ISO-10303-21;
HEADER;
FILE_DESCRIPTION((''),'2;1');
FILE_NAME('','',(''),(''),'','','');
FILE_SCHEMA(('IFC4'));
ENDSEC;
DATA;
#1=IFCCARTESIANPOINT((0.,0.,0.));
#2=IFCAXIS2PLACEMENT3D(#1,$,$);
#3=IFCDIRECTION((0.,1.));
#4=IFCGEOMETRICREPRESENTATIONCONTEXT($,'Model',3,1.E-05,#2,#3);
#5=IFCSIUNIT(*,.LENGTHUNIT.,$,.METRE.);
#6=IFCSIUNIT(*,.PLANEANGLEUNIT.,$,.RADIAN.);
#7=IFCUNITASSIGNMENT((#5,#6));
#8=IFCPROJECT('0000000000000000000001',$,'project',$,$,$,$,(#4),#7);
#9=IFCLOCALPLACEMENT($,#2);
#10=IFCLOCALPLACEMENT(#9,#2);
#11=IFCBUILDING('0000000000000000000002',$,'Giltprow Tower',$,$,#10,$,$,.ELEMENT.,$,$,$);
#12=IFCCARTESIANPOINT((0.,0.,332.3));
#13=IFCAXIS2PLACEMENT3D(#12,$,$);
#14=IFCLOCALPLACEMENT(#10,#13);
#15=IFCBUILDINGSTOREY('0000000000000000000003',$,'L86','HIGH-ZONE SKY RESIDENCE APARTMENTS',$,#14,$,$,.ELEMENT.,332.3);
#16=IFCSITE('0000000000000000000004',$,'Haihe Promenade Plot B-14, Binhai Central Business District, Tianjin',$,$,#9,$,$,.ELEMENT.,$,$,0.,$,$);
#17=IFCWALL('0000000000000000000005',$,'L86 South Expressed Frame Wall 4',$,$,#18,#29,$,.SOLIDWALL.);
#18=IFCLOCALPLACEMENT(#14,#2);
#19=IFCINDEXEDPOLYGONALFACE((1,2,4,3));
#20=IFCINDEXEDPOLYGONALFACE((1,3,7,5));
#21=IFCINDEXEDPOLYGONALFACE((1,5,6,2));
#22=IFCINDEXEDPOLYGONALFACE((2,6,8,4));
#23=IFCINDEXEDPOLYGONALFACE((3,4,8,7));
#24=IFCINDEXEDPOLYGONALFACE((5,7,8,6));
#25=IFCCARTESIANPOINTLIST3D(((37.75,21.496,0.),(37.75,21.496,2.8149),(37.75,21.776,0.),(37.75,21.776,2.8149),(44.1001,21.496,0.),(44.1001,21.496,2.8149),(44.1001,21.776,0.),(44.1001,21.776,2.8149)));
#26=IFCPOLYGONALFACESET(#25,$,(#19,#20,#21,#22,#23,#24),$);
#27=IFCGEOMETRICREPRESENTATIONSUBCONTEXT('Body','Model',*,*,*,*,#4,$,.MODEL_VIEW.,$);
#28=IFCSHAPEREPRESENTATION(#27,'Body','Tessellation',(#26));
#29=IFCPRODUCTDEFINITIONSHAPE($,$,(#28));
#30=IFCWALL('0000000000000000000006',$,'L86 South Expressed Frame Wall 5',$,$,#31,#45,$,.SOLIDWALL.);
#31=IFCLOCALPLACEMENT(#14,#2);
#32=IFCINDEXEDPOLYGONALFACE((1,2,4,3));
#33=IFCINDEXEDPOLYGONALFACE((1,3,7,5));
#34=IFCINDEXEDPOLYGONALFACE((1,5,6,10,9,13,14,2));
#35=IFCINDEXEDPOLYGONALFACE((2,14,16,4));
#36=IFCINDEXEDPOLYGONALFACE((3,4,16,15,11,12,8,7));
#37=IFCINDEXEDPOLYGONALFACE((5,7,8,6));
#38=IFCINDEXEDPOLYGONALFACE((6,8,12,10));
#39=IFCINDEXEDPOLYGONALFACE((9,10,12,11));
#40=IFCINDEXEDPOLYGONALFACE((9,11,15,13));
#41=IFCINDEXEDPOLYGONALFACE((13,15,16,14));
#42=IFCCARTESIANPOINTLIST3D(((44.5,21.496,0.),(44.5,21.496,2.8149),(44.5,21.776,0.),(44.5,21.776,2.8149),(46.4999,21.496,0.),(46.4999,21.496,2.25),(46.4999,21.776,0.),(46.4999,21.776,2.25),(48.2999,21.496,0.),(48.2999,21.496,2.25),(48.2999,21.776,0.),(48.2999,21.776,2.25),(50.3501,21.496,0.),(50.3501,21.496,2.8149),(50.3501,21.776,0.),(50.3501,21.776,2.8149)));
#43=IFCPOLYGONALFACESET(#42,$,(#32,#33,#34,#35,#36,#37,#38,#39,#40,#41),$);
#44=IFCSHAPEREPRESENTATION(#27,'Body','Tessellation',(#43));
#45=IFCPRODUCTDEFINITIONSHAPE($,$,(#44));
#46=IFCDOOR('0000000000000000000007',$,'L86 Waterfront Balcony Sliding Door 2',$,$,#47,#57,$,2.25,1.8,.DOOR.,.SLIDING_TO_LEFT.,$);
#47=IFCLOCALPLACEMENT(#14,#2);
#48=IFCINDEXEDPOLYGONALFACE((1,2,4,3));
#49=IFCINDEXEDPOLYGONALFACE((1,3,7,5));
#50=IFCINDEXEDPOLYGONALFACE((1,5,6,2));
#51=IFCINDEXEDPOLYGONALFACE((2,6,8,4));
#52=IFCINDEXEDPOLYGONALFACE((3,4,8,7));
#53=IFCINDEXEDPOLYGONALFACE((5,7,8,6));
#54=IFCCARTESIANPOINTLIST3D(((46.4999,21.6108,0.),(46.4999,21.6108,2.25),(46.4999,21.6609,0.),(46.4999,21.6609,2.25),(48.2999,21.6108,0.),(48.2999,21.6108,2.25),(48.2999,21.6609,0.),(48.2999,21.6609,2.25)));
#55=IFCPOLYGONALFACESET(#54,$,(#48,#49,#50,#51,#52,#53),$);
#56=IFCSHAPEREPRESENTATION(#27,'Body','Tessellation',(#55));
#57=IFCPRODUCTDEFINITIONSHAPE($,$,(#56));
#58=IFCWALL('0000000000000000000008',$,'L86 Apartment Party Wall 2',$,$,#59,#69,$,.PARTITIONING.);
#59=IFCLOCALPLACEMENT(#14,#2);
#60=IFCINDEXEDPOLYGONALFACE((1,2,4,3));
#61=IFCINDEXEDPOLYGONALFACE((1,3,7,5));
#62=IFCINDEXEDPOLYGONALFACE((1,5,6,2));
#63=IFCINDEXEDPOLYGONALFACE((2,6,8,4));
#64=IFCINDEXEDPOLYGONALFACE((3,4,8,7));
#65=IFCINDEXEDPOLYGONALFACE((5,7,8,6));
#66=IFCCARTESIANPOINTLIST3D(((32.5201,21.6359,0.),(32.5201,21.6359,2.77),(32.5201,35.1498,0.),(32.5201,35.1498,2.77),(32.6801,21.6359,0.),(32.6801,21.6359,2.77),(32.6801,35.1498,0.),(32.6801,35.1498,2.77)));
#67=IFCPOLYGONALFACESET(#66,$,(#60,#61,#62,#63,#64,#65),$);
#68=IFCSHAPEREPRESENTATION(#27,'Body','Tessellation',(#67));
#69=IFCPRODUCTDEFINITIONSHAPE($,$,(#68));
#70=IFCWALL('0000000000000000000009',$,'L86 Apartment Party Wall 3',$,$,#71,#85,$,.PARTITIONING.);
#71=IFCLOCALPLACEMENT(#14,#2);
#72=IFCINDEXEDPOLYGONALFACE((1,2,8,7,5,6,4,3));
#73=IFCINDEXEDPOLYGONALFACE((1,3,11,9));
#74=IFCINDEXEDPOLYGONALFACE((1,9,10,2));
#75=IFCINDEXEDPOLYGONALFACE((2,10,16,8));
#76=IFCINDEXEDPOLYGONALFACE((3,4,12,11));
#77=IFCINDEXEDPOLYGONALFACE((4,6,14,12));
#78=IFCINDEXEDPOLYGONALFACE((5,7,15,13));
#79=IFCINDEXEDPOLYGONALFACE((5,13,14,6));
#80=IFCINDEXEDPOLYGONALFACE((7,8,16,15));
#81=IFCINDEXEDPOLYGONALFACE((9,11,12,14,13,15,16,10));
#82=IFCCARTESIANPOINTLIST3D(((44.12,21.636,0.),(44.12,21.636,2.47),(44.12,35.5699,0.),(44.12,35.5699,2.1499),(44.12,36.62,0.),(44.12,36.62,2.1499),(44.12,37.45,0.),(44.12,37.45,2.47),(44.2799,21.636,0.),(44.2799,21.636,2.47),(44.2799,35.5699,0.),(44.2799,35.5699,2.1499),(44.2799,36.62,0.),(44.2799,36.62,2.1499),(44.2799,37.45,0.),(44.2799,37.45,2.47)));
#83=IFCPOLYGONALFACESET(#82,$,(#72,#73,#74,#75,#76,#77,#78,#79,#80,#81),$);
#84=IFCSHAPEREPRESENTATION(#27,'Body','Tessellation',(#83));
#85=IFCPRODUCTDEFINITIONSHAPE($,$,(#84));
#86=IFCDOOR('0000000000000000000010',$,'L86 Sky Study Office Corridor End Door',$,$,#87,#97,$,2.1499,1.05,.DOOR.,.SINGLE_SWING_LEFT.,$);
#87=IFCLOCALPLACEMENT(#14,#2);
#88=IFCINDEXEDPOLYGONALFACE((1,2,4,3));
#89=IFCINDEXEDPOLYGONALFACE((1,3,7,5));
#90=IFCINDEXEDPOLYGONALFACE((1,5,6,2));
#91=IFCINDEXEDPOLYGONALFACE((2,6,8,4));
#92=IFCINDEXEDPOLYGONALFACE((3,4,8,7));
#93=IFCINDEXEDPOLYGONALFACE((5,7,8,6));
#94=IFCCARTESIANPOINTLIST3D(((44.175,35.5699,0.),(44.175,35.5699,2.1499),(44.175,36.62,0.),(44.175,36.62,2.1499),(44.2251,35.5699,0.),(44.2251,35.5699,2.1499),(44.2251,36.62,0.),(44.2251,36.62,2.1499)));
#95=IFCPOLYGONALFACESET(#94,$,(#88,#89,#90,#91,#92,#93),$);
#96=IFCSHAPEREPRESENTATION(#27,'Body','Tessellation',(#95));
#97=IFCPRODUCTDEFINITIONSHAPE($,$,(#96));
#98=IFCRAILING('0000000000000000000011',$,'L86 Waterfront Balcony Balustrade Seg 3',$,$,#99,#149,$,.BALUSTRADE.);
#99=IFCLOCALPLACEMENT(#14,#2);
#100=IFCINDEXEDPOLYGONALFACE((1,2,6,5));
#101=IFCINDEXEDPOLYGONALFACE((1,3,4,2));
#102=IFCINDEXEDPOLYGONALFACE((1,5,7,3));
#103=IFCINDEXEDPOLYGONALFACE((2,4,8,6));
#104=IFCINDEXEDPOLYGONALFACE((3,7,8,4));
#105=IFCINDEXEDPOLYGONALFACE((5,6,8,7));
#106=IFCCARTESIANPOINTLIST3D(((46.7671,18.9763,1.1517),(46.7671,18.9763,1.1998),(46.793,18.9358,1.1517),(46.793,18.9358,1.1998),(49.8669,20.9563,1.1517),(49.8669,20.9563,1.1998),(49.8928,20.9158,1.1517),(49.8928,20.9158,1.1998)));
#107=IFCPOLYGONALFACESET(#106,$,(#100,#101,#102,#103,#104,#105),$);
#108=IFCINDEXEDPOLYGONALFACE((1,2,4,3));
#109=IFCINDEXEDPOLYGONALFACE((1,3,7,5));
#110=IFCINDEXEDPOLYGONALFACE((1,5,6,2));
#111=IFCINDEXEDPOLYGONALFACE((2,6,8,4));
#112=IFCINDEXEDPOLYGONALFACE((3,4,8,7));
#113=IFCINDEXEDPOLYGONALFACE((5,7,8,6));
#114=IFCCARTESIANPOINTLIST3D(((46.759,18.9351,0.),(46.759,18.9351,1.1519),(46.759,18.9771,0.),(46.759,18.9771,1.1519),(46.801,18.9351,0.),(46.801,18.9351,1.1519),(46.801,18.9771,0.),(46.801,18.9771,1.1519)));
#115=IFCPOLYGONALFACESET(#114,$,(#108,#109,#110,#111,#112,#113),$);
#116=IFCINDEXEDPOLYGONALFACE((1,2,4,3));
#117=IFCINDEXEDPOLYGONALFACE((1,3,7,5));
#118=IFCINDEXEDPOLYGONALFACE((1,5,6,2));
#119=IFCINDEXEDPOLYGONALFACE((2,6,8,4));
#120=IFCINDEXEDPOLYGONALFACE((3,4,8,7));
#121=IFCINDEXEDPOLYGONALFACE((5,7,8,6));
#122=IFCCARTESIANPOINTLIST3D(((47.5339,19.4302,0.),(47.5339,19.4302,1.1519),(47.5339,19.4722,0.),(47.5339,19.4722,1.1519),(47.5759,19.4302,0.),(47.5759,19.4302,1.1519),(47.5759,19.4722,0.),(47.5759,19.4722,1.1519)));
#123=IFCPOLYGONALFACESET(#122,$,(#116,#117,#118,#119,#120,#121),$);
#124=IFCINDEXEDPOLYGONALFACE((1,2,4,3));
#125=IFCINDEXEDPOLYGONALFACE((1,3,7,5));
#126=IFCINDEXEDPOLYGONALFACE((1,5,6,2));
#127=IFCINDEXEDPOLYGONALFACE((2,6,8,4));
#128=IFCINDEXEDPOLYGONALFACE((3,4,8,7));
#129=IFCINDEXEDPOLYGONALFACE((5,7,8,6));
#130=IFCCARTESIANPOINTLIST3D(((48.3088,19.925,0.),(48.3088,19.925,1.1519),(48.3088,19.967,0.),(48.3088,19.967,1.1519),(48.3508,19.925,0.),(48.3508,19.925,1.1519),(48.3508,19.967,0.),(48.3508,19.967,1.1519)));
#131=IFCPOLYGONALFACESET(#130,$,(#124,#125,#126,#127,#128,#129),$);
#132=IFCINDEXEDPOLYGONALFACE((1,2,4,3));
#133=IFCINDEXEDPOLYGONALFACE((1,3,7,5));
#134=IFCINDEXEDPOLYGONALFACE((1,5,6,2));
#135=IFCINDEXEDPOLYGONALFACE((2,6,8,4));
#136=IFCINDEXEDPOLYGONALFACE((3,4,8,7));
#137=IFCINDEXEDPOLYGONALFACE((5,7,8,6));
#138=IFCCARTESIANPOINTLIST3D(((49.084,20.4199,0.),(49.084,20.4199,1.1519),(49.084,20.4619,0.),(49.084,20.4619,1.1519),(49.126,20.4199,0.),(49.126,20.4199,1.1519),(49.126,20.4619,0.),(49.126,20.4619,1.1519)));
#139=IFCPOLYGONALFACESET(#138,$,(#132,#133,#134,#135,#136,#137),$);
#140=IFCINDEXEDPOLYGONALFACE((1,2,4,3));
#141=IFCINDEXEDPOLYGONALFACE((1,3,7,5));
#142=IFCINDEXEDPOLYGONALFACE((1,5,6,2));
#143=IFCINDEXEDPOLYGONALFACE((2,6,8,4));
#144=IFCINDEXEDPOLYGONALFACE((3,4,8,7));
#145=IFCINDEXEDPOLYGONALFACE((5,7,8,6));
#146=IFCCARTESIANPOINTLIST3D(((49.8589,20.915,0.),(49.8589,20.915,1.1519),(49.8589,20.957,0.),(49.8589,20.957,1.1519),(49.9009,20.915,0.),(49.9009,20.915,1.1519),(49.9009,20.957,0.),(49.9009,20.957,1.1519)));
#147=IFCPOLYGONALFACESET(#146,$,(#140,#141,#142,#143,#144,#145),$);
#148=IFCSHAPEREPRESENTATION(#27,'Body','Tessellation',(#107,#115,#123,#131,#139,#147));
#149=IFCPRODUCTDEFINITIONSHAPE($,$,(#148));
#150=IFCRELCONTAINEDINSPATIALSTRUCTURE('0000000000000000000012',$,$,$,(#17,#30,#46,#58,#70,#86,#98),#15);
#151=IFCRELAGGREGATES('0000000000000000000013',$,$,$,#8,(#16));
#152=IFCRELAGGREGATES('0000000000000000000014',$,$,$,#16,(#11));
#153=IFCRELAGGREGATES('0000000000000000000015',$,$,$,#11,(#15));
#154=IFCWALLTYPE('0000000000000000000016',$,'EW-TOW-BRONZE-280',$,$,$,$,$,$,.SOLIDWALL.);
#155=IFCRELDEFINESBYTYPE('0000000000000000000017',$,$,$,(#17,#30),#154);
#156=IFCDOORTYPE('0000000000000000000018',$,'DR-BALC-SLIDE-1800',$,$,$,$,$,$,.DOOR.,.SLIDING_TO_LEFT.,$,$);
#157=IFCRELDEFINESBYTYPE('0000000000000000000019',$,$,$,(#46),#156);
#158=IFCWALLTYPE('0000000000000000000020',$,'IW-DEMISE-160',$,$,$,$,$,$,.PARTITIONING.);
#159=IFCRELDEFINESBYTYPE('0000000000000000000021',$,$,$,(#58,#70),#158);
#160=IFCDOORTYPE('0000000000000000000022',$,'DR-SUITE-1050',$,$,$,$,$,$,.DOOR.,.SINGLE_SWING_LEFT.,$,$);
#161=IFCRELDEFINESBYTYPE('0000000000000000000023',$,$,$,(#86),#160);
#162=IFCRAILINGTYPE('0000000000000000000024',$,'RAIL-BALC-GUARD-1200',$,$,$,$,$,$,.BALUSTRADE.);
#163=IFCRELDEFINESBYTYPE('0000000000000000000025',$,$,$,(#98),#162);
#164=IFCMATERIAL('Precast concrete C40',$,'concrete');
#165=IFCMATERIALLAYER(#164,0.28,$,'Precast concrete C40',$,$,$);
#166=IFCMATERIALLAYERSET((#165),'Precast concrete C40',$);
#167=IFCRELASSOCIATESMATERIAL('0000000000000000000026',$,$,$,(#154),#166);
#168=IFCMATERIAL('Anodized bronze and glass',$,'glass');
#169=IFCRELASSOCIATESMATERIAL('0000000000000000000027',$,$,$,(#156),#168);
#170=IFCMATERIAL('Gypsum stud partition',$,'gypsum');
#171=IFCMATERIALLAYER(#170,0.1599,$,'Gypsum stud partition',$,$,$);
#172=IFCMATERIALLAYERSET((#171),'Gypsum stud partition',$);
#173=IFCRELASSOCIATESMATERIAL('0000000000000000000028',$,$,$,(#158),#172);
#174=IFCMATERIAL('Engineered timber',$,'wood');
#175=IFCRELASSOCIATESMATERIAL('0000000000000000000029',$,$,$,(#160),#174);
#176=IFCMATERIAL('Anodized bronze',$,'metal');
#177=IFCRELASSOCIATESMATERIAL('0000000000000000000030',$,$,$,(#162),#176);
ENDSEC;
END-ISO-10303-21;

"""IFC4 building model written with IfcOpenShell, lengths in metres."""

from ifc_helpers import new_model, si_unit, direction, frame, frame_2d, origin, origin_2d, place, context, subcontext, project, spatial, rectangle, extrude, source, transform, mapped, material, layer, layer_set, type_object, element, fill, save


model = new_model("IFC4")

# Units and contexts
model_context = context("Model", 3, precision=1e-05, world=origin(), true_north=direction((0.0, 1.0)))
body_context = subcontext(model_context, "Body", "Model", "MODEL_VIEW")
ifc_project = project(units=[si_unit("LENGTHUNIT", "METRE"), si_unit("PLANEANGLEUNIT", "RADIAN")], contexts=[model_context])

# Site, building, storey
site_placement = place(None, origin())
site = spatial("IfcSite", under=ifc_project, at=site_placement, Name="Haihe Promenade Plot B-14, Binhai Central Business District, Tianjin", CompositionType="ELEMENT", RefElevation=0.0)
building_placement = place(site_placement, origin())
building = spatial("IfcBuilding", under=site, at=building_placement, Name="Giltprow Tower", CompositionType="ELEMENT")
storey_placement = place(building_placement, frame((0.0, 0.0, 332.3)))
storey = spatial("IfcBuildingStorey", under=building, at=storey_placement, Name="L86", Description="HIGH-ZONE SKY RESIDENCE APARTMENTS", CompositionType="ELEMENT", Elevation=332.3)

# Wall
ifc_material_1 = material(Name="Precast concrete C40", Category="concrete")
ifc_layer_1 = layer(ifc_material_1, 0.28, Name="Precast concrete C40")
ifc_layer_set_1 = layer_set([ifc_layer_1], Name="Precast concrete C40")
wall_type_1 = type_object("IfcWallType", Name="EW-TOW-BRONZE-280", PredefinedType="SOLIDWALL", material=ifc_layer_set_1)
wall_1_placement = place(storey_placement, frame((37.75, 21.636, 0.0), z_axis=(0.0, 0.0, 1.0), x_axis=(1.0, 0.0, 0.0)))
element("IfcWall", 1, at=wall_1_placement, inside=storey, type_object=wall_type_1, Name="L86 South Expressed Frame Wall 4", PredefinedType="SOLIDWALL", context=body_context, shape_type="SweptSolid", body=[
    extrude(rectangle(XDim=6.3501, YDim=0.28, at=frame_2d((3.175, 0.0))), origin(), (0.0, 0.0, 1.0), 2.8149),
])

# Wall, opening, door
wall_2_placement = place(storey_placement, frame((44.5, 21.636, 0.0), z_axis=(0.0, 0.0, 1.0), x_axis=(1.0, 0.0, 0.0)))
wall_2 = element("IfcWall", 2, at=wall_2_placement, inside=storey, type_object=wall_type_1, Name="L86 South Expressed Frame Wall 5", PredefinedType="SOLIDWALL", context=body_context, shape_type="SweptSolid", body=[
    extrude(rectangle(XDim=5.8501, YDim=0.28, at=frame_2d((2.925, 0.0))), origin(), (0.0, 0.0, 1.0), 2.8149),
])
opening_1_placement = place(wall_2_placement, frame((2.0, 0.0, 0.0)))
opening_1 = element("IfcOpeningElement", 3, at=opening_1_placement, cuts=wall_2, PredefinedType="OPENING", context=body_context, shape_type="SweptSolid", body=[
    extrude(rectangle(XDim=1.8, YDim=2.25, at=frame_2d((0.8999, 1.125))), frame((0.0, 0.1499, 0.0), z_axis=(0.0, -1.0, 0.0), x_axis=(1.0, 0.0, 0.0)), (0.0, 0.0, 1.0), 0.3),
])
ifc_material_2 = material(Name="Anodized bronze and glass", Category="glass")
door_type_1 = type_object("IfcDoorType", Name="DR-BALC-SLIDE-1800", OperationType="SLIDING_TO_LEFT", PredefinedType="DOOR", material=ifc_material_2)
shared_shape_1 = source(origin(), body_context, "Body", "SweptSolid", [
    extrude(rectangle(XDim=1.8, YDim=2.25, at=frame_2d((0.8999, 1.125))), frame((0.0, 0.0249, 0.0), z_axis=(0.0, -1.0, 0.0), x_axis=(1.0, 0.0, 0.0)), (0.0, 0.0, 1.0), 0.05),
])
door_1_placement = place(opening_1_placement, origin())
door_1 = element("IfcDoor", 4, at=door_1_placement, inside=storey, type_object=door_type_1, Name="L86 Waterfront Balcony Sliding Door 2", OperationType="SLIDING_TO_LEFT", OverallHeight=2.25, OverallWidth=1.8, PredefinedType="DOOR", context=body_context, shape_type="MappedRepresentation", body=[
    mapped(shared_shape_1, transform((0.0, 0.0, 0.0), x_axis=(1.0, 0.0, 0.0), y_axis=(0.0, 1.0, 0.0), z_axis=(0.0, 0.0, 1.0), scale=1.0)),
])
fill(opening_1, door_1)

# Wall
ifc_material_3 = material(Name="Gypsum stud partition", Category="gypsum")
ifc_layer_2 = layer(ifc_material_3, 0.1599, Name="Gypsum stud partition")
ifc_layer_set_2 = layer_set([ifc_layer_2], Name="Gypsum stud partition")
wall_type_2 = type_object("IfcWallType", Name="IW-DEMISE-160", PredefinedType="PARTITIONING", material=ifc_layer_set_2)
wall_3_placement = place(storey_placement, frame((32.6001, 21.636, 0.0), z_axis=(0.0, 0.0, 1.0), x_axis=(0.0, 1.0, 0.0)))
element("IfcWall", 5, at=wall_3_placement, inside=storey, type_object=wall_type_2, Name="L86 Apartment Party Wall 2", PredefinedType="PARTITIONING", context=body_context, shape_type="SweptSolid", body=[
    extrude(rectangle(XDim=13.5139, YDim=0.1599, at=frame_2d((6.7568, 0.0))), origin(), (0.0, 0.0, 1.0), 2.77),
])

# Wall, opening, door
wall_4_placement = place(storey_placement, frame((44.2, 21.636, 0.0), z_axis=(0.0, 0.0, 1.0), x_axis=(0.0, 1.0, 0.0)))
wall_4 = element("IfcWall", 6, at=wall_4_placement, inside=storey, type_object=wall_type_2, Name="L86 Apartment Party Wall 3", PredefinedType="PARTITIONING", context=body_context, shape_type="SweptSolid", body=[
    extrude(rectangle(XDim=15.814, YDim=0.1599, at=frame_2d((7.907, 0.0))), origin(), (0.0, 0.0, 1.0), 2.47),
])
opening_2_placement = place(wall_4_placement, frame((13.9341, 0.0, 0.0)))
opening_2 = element("IfcOpeningElement", 7, at=opening_2_placement, cuts=wall_4, PredefinedType="OPENING", context=body_context, shape_type="SweptSolid", body=[
    extrude(rectangle(XDim=1.05, YDim=2.1499, at=frame_2d((0.5249, 1.075))), frame((0.0, 0.0898, 0.0), z_axis=(0.0, -1.0, 0.0), x_axis=(1.0, 0.0, 0.0)), (0.0, 0.0, 1.0), 0.1799),
])
ifc_material_4 = material(Name="Engineered timber", Category="wood")
door_type_2 = type_object("IfcDoorType", Name="DR-SUITE-1050", OperationType="SINGLE_SWING_LEFT", PredefinedType="DOOR", material=ifc_material_4)
shared_shape_2 = source(origin(), body_context, "Body", "SweptSolid", [
    extrude(rectangle(XDim=1.05, YDim=2.1499, at=frame_2d((0.5249, 1.075))), frame((0.0, 0.0249, 0.0), z_axis=(0.0, -1.0, 0.0), x_axis=(1.0, 0.0, 0.0)), (0.0, 0.0, 1.0), 0.05),
])
door_2_placement = place(opening_2_placement, origin())
door_2 = element("IfcDoor", 8, at=door_2_placement, inside=storey, type_object=door_type_2, Name="L86 Sky Study Office Corridor End Door", OperationType="SINGLE_SWING_LEFT", OverallHeight=2.1499, OverallWidth=1.05, PredefinedType="DOOR", context=body_context, shape_type="MappedRepresentation", body=[
    mapped(shared_shape_2, transform((0.0, 0.0, 0.0), x_axis=(1.0, 0.0, 0.0), y_axis=(0.0, 1.0, 0.0), z_axis=(0.0, 0.0, 1.0), scale=1.0)),
])
fill(opening_2, door_2)

# Railing
ifc_material_5 = material(Name="Anodized bronze", Category="metal")
railing_type = type_object("IfcRailingType", Name="RAIL-BALC-GUARD-1200", PredefinedType="BALUSTRADE", material=ifc_material_5)
railing_1_placement = place(storey_placement, frame((46.78, 18.9561, 0.0)))
element("IfcRailing", 9, at=railing_1_placement, inside=storey, type_object=railing_type, Name="L86 Waterfront Balcony Balustrade Seg 3", PredefinedType="BALUSTRADE", context=body_context, shape_type="SweptSolid", body=[
    extrude(rectangle(XDim=0.0481, YDim=0.0481, at=origin_2d()), frame((0.0, 0.0, 1.1758), z_axis=(0.842756, 0.538296, 0.0), x_axis=(-0.538296, 0.842756, 0.0)), (0.0, 0.0, 1.0), 3.6782),
    extrude(rectangle(XDim=0.042, YDim=0.042, at=origin_2d()), origin(), (0.0, 0.0, 1.0), 1.1519),
    extrude(rectangle(XDim=0.042, YDim=0.042, at=origin_2d()), frame((0.7749, 0.4951, 0.0)), (0.0, 0.0, 1.0), 1.1519),
    extrude(rectangle(XDim=0.042, YDim=0.042, at=origin_2d()), frame((1.5498, 0.99, 0.0)), (0.0, 0.0, 1.0), 1.1519),
    extrude(rectangle(XDim=0.042, YDim=0.042, at=origin_2d()), frame((2.325, 1.4849, 0.0)), (0.0, 0.0, 1.0), 1.1519),
    extrude(rectangle(XDim=0.042, YDim=0.042, at=origin_2d()), frame((3.0999, 1.98, 0.0)), (0.0, 0.0, 1.0), 1.1519),
])

save(model, "model.ifc")
